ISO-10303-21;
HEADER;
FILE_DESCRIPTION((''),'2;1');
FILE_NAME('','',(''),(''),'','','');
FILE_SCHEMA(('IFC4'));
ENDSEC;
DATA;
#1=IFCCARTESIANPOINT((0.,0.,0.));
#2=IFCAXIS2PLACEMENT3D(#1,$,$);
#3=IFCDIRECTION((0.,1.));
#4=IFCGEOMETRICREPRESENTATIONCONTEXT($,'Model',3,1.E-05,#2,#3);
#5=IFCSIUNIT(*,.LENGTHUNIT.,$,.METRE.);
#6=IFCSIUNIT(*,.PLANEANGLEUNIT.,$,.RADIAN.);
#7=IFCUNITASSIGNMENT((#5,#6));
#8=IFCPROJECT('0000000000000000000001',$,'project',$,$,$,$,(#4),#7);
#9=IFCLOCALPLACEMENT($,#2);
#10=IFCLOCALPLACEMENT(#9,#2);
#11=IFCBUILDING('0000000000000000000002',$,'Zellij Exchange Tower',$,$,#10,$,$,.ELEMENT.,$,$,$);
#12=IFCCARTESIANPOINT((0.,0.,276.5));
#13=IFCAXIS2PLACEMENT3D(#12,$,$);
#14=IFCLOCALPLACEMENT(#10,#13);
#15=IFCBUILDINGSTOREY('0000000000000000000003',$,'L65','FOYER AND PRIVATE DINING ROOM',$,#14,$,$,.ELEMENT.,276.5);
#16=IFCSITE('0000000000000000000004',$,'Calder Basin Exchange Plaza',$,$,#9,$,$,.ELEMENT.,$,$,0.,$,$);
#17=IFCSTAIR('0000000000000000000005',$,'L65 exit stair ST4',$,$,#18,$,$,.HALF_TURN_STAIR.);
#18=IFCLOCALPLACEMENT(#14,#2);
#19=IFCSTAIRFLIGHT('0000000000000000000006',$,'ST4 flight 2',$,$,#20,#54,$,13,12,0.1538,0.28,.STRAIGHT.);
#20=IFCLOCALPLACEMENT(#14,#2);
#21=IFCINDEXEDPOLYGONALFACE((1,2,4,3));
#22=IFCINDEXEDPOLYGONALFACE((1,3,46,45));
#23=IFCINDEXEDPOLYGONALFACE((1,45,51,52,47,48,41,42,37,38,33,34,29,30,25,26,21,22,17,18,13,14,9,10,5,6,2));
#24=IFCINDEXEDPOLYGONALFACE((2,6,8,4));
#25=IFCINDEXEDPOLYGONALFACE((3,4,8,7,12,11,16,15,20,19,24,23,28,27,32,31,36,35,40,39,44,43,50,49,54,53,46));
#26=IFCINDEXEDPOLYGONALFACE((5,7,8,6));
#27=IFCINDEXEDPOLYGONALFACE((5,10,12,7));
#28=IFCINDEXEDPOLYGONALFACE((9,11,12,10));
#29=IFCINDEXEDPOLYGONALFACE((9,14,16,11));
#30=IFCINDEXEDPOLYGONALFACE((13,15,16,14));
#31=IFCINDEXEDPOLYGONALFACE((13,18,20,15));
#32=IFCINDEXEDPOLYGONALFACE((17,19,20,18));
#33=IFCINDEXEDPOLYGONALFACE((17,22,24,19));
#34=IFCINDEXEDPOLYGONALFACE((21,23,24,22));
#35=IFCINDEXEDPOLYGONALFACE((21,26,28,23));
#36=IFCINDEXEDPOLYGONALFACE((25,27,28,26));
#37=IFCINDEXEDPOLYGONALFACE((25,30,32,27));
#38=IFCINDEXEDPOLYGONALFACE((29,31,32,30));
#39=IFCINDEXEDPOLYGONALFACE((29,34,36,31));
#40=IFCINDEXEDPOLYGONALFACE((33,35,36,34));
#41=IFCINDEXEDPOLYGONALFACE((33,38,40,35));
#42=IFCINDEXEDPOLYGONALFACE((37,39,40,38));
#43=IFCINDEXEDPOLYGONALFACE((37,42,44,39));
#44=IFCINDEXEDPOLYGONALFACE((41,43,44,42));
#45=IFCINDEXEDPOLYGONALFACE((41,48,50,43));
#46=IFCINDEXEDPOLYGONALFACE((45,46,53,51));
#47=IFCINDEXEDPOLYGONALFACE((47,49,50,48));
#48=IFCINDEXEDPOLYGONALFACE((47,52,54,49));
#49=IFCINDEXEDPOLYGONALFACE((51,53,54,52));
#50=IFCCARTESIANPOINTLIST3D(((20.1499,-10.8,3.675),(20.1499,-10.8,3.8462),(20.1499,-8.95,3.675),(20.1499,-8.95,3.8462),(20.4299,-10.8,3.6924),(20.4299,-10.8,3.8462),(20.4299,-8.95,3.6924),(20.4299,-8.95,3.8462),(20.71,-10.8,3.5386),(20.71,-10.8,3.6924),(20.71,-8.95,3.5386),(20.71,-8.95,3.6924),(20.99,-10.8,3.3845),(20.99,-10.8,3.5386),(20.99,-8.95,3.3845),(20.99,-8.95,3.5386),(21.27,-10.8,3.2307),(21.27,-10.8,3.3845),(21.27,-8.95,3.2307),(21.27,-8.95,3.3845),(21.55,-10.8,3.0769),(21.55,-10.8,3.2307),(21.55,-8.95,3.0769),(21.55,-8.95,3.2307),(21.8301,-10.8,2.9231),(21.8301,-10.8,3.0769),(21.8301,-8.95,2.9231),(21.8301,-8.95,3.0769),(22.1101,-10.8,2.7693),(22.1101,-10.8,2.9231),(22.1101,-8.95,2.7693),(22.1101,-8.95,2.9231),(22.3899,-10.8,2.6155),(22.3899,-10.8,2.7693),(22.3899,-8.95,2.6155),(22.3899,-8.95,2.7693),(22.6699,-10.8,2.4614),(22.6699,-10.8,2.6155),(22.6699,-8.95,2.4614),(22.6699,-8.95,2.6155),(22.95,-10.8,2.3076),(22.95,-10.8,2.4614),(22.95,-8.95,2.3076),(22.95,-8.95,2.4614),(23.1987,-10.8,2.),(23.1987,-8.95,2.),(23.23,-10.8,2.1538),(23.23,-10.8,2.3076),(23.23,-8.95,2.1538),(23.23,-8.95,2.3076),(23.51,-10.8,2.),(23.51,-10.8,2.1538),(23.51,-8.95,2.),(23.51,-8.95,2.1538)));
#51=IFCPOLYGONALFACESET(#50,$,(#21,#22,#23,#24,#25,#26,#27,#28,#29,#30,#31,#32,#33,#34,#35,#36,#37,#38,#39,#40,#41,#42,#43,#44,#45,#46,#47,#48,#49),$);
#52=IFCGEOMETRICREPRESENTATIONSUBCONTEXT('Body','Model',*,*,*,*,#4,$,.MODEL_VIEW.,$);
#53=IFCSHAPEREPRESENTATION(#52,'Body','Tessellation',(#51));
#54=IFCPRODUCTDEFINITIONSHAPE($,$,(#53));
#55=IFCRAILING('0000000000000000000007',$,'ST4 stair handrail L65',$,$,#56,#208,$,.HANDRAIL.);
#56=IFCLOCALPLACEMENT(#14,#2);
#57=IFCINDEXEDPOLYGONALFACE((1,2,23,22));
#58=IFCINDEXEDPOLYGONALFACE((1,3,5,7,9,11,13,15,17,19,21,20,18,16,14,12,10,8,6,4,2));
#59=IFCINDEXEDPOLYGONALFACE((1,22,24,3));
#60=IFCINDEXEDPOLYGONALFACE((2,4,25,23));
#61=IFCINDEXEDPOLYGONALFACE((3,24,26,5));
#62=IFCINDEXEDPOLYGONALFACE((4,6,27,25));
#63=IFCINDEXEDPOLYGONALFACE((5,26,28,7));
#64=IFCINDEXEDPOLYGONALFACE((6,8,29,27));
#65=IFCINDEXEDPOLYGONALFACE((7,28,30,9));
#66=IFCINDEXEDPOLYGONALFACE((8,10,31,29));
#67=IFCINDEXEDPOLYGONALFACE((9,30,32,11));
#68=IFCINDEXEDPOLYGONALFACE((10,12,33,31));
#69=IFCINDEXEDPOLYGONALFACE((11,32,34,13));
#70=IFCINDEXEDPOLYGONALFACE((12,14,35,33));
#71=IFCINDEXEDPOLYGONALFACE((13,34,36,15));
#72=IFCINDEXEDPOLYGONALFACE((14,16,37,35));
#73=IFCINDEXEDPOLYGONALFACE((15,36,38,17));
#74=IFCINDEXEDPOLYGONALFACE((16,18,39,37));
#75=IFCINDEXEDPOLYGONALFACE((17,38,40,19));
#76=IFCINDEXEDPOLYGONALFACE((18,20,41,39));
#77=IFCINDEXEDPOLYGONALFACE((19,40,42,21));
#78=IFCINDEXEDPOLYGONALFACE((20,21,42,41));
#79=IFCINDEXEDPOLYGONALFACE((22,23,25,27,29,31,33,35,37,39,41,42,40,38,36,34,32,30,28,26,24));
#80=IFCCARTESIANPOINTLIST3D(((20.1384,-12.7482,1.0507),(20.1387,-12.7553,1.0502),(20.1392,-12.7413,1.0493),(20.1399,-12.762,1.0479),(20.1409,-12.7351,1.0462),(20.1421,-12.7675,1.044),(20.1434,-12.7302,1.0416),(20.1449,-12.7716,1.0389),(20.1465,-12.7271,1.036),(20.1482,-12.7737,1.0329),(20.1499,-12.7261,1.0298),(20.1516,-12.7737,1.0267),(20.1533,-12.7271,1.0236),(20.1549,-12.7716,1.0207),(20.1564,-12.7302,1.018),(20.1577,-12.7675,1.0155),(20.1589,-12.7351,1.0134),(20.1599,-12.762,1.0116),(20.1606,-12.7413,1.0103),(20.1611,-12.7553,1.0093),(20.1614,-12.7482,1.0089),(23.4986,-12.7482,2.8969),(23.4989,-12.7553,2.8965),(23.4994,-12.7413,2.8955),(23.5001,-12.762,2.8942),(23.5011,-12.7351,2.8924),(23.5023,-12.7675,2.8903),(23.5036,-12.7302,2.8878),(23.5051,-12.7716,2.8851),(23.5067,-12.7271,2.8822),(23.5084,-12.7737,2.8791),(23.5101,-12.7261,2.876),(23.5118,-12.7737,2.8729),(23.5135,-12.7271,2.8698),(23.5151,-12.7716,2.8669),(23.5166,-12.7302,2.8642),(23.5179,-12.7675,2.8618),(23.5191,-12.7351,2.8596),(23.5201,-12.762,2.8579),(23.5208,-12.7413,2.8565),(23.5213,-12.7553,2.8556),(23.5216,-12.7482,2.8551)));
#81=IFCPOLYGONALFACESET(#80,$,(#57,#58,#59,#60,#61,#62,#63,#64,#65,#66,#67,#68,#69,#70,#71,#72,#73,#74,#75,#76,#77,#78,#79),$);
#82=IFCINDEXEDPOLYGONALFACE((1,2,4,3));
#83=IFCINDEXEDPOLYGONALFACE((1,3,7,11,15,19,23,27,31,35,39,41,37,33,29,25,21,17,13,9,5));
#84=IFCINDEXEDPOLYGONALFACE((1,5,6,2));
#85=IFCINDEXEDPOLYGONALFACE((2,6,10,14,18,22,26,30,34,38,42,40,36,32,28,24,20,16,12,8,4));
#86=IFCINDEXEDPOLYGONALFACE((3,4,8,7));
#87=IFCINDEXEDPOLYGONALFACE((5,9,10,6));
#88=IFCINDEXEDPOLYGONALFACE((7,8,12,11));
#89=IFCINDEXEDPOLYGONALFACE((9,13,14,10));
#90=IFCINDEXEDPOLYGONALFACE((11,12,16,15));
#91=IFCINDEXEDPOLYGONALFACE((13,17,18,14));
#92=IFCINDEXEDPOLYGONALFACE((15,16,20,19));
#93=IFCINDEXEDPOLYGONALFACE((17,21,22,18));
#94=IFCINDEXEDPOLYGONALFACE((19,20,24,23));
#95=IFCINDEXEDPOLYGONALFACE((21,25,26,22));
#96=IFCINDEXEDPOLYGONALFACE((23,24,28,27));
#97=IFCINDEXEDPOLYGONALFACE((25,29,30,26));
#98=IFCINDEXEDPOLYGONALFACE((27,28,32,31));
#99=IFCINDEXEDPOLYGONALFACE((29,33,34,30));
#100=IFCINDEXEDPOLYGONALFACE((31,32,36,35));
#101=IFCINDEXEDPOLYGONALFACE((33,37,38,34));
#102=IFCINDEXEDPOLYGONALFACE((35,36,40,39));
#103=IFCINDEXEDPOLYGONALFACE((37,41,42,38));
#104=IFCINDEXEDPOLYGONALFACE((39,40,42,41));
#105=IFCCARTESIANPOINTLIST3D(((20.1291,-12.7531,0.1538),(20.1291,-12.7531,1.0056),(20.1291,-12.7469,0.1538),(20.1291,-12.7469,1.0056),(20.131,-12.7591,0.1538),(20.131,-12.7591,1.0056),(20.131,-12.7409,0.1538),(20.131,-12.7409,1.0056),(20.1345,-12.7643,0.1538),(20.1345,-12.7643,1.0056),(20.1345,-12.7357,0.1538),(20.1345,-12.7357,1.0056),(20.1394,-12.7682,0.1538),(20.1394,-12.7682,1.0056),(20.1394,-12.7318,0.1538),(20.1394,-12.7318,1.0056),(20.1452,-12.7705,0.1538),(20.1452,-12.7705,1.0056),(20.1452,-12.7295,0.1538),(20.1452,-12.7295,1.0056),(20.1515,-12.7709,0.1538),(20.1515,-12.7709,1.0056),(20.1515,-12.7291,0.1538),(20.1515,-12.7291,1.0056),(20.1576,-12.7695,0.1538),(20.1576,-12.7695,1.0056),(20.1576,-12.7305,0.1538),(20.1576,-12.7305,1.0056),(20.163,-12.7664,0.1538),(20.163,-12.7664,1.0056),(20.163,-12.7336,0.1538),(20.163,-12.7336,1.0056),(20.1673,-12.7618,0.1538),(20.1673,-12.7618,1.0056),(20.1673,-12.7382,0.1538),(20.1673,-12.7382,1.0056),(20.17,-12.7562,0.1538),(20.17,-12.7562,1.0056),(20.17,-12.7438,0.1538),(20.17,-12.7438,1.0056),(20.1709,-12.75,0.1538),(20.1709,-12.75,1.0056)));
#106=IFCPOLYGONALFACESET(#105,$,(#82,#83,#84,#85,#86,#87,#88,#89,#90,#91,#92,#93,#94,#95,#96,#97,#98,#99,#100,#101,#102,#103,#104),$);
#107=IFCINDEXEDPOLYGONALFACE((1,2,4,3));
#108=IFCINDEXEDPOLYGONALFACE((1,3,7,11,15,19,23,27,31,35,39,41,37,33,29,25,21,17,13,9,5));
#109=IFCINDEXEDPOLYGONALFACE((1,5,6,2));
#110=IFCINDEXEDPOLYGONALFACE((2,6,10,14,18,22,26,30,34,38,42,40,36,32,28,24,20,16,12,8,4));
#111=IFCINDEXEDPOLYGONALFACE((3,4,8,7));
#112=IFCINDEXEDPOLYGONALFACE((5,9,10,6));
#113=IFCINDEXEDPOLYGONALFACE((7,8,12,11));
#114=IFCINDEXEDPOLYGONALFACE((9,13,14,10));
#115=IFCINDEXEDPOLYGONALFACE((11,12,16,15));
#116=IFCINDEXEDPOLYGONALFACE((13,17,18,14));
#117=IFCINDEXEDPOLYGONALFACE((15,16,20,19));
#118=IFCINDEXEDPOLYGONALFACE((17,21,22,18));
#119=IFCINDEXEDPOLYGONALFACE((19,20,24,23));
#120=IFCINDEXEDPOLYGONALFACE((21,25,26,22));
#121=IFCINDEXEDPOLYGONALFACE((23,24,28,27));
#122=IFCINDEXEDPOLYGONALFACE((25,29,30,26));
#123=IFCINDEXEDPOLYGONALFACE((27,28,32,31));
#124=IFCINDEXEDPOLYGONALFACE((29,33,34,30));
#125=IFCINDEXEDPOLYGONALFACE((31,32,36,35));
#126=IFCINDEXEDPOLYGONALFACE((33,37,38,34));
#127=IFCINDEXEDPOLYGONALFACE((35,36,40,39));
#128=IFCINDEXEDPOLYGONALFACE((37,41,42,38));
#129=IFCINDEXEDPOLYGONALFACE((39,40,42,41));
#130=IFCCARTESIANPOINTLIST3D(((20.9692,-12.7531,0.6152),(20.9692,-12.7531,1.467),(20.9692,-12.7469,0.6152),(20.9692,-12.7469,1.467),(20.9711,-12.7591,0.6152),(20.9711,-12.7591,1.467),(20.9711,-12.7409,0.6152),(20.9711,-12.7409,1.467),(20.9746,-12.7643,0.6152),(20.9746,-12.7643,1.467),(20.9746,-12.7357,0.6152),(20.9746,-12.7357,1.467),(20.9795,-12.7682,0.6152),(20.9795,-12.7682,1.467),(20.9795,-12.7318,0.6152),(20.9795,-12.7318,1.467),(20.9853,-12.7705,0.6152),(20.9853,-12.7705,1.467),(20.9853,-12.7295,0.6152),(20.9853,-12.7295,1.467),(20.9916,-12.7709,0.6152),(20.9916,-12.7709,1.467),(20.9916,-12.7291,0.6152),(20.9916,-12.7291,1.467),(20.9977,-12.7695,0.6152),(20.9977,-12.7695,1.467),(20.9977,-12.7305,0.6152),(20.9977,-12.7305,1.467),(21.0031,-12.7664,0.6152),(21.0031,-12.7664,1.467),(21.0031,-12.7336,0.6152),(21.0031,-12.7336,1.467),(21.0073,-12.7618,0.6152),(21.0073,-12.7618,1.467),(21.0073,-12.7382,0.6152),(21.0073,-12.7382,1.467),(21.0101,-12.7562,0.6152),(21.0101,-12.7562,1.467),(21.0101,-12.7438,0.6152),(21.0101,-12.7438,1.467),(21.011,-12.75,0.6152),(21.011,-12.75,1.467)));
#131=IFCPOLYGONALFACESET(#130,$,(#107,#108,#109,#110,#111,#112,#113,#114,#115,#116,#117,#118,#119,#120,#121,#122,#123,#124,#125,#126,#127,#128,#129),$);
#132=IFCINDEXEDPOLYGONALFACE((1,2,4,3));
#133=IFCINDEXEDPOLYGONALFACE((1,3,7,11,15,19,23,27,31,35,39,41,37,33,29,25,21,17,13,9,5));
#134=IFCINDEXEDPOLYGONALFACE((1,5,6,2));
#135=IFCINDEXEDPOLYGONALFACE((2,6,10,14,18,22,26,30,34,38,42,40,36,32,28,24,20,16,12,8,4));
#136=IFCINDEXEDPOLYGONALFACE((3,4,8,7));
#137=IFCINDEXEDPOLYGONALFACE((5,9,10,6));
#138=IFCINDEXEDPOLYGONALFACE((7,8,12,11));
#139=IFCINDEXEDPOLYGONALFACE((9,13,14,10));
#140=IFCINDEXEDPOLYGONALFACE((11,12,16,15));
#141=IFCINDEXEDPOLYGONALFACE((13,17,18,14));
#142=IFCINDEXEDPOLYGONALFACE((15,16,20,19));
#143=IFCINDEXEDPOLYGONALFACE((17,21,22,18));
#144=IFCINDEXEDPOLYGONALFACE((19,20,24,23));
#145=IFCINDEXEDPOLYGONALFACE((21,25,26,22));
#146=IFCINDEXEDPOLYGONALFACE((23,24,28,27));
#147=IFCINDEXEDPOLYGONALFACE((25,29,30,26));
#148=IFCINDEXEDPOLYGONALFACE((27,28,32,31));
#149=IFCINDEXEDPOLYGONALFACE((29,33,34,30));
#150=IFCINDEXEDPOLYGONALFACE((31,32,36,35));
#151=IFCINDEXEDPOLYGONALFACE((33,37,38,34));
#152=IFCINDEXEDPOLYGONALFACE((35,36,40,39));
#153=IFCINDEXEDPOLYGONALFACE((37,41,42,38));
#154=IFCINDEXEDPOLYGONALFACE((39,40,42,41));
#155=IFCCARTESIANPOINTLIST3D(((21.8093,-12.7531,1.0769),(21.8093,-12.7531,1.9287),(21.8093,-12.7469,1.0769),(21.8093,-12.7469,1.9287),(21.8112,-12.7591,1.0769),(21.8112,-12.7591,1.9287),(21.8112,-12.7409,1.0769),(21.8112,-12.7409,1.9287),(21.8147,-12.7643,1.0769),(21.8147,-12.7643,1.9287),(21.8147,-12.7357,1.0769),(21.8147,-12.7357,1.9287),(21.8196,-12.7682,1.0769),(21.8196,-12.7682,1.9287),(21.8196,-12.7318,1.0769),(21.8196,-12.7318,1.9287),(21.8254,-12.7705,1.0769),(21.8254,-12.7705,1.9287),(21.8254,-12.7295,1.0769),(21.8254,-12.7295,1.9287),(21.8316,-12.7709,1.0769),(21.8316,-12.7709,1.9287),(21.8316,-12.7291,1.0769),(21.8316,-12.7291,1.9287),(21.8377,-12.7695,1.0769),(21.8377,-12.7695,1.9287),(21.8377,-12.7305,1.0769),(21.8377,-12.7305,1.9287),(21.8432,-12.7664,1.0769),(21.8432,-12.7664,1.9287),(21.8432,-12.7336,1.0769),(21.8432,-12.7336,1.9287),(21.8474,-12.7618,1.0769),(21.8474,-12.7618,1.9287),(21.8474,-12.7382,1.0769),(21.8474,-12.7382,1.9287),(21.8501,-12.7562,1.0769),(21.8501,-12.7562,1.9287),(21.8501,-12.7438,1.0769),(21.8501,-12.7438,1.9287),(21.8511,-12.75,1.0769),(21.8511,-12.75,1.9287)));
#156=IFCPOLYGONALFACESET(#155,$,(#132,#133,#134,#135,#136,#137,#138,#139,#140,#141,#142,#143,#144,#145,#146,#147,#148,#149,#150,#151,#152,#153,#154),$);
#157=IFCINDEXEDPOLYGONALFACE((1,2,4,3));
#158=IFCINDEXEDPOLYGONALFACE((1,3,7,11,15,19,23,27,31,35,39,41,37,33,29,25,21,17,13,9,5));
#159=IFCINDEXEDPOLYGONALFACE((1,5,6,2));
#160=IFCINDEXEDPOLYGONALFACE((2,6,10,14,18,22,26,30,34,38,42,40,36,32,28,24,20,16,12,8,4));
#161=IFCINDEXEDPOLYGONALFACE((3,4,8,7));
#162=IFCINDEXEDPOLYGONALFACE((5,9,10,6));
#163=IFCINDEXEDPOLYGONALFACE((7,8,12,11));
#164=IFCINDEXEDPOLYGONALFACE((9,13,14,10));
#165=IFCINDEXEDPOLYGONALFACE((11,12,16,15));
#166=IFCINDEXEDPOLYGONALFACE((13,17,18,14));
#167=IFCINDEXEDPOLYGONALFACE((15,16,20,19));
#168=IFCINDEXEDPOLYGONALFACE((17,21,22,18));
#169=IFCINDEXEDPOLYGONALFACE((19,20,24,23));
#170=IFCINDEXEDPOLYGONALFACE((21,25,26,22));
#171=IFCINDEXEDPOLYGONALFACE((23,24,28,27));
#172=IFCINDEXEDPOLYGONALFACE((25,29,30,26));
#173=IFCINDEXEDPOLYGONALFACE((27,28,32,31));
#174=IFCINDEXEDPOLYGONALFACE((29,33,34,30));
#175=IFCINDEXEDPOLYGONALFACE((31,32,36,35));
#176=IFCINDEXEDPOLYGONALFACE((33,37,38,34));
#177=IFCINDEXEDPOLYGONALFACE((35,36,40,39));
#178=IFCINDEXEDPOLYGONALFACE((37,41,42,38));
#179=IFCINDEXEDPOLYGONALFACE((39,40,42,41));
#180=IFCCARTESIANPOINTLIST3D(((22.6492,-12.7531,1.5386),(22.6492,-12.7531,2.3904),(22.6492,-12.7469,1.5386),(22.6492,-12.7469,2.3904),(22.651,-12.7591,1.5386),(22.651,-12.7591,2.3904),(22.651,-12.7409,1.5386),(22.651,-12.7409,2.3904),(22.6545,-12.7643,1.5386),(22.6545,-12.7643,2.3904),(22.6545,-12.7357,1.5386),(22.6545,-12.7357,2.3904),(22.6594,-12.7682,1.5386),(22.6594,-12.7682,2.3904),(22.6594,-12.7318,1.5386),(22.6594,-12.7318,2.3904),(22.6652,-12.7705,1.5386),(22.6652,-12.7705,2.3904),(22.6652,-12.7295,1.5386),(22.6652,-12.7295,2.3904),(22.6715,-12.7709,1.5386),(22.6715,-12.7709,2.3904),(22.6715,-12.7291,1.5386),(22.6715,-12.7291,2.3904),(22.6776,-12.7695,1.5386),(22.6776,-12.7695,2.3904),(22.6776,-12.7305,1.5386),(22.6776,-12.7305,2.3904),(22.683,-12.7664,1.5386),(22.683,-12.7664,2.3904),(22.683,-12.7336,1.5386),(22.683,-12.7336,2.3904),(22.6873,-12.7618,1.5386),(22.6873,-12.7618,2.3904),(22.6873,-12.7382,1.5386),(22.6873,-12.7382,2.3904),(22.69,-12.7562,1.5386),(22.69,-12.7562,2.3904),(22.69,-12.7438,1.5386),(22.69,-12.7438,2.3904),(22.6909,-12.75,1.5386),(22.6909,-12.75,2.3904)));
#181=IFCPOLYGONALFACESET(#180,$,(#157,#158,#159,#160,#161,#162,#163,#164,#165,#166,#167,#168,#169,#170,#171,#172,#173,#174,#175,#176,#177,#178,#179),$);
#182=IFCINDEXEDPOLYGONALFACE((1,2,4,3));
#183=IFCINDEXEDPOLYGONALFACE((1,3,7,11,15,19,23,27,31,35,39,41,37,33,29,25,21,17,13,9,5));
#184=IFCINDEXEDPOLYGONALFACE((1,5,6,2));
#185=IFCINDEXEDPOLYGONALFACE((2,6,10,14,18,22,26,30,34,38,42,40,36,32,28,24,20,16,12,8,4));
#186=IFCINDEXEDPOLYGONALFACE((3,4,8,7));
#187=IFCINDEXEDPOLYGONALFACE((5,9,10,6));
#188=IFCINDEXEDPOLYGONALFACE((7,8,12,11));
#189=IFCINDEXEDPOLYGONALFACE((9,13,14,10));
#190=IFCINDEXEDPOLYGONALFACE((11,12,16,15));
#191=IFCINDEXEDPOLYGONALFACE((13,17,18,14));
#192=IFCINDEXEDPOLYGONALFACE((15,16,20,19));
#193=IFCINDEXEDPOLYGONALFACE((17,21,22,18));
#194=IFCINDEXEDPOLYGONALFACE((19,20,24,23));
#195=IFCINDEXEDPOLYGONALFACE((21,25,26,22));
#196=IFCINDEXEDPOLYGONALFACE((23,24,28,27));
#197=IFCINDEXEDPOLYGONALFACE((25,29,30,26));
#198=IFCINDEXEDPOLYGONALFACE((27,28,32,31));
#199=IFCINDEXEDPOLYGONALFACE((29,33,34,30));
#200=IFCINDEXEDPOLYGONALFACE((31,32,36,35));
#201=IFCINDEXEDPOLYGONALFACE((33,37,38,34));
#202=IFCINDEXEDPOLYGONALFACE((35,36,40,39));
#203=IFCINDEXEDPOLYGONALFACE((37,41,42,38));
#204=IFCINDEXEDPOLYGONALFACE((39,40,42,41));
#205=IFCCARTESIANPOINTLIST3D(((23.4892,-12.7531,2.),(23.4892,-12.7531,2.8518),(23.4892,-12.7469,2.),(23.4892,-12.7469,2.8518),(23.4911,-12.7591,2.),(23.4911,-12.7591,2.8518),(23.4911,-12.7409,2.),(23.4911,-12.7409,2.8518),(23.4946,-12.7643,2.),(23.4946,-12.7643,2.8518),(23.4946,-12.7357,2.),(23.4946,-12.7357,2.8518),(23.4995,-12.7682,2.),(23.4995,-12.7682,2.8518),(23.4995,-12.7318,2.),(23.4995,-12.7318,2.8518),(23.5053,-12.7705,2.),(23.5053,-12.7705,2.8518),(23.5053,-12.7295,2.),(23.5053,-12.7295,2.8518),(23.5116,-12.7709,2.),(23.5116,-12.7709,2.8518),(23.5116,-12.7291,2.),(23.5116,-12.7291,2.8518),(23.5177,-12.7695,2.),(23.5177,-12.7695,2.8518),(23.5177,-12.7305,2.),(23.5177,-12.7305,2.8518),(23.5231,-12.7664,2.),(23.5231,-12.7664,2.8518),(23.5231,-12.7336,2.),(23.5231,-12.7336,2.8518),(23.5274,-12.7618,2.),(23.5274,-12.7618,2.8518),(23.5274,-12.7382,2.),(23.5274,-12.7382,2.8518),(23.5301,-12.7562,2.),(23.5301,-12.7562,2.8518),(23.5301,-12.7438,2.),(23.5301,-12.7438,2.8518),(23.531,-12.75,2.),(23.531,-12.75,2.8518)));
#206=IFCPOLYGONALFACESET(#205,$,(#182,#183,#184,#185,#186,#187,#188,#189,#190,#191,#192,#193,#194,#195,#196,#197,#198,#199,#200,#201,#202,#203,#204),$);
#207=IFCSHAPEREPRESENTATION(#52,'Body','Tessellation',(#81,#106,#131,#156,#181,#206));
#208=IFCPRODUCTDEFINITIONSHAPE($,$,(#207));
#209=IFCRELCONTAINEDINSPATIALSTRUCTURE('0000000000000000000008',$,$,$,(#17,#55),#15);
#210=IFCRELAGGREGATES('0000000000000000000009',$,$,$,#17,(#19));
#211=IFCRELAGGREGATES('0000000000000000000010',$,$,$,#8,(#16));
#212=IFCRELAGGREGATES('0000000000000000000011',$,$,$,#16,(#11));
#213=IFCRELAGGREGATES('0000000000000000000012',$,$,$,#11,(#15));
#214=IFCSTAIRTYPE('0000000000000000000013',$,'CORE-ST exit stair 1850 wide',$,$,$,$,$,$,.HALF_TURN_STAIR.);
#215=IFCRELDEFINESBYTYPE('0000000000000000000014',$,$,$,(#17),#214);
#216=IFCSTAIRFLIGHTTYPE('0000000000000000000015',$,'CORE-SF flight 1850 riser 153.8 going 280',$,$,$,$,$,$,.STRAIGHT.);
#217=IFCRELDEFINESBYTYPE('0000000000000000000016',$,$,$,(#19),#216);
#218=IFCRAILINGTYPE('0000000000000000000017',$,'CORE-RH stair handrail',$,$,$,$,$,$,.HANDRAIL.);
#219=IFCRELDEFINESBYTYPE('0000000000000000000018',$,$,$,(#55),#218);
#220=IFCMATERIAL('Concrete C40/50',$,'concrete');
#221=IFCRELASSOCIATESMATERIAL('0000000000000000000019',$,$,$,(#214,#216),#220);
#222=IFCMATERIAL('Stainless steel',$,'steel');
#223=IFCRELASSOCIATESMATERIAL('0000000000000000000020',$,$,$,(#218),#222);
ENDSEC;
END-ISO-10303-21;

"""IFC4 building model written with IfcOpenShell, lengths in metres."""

from ifc_helpers import new_model, si_unit, direction, frame, origin, origin_2d, place, context, subcontext, project, spatial, polyline, circle, outline, extrude, material, type_object, element, aggregate, save


model = new_model("IFC4")

# Units and contexts
model_context = context("Model", 3, precision=1e-05, world=origin(), true_north=direction((0.0, 1.0)))
body_context = subcontext(model_context, "Body", "Model", "MODEL_VIEW")
ifc_project = project(units=[si_unit("LENGTHUNIT", "METRE"), si_unit("PLANEANGLEUNIT", "RADIAN")], contexts=[model_context])

# Site, building, storey
site_placement = place(None, origin())
site = spatial("IfcSite", under=ifc_project, at=site_placement, Name="Calder Basin Exchange Plaza", CompositionType="ELEMENT", RefElevation=0.0)
building_placement = place(site_placement, origin())
building = spatial("IfcBuilding", under=site, at=building_placement, Name="Zellij Exchange Tower", CompositionType="ELEMENT")
storey_placement = place(building_placement, frame((0.0, 0.0, 276.5)))
storey = spatial("IfcBuildingStorey", under=building, at=storey_placement, Name="L65", Description="FOYER AND PRIVATE DINING ROOM", CompositionType="ELEMENT", Elevation=276.5)

# Stair, stair flight
ifc_material_1 = material(Name="Concrete C40/50", Category="concrete")
stair_type = type_object("IfcStairType", Name="CORE-ST exit stair 1850 wide", PredefinedType="HALF_TURN_STAIR", material=ifc_material_1)
stair_placement = place(storey_placement, origin())
stair = element("IfcStair", 1, at=stair_placement, inside=storey, type_object=stair_type, Name="L65 exit stair ST4", PredefinedType="HALF_TURN_STAIR")
stair_flight_type = type_object("IfcStairFlightType", Name="CORE-SF flight 1850 riser 153.8 going 280", PredefinedType="STRAIGHT", material=ifc_material_1)
stair_flight_1_placement = place(storey_placement, frame((23.51, -9.875, 2.0), z_axis=(0.0, 0.0, 1.0), x_axis=(-1.0, 0.0, 0.0)))
stair_flight_1 = element("IfcStairFlight", 2, at=stair_flight_1_placement, type_object=stair_flight_type, Name="ST4 flight 2", NumberOfRisers=13, NumberOfTreads=12, PredefinedType="STRAIGHT", RiserHeight=0.1538, TreadLength=0.28, context=body_context, shape_type="SweptSolid", body=[
    extrude(outline(polyline([(0.0, 0.0), (0.0, 0.1538), (0.28, 0.1538), (0.28, 0.3076), (0.5601, 0.3076), (0.5601, 0.4614), (0.8401, 0.4614), (0.8401, 0.6155), (1.1201, 0.6155), (1.1201, 0.7693), (1.3999, 0.7693), (1.3999, 0.9231), (1.6799, 0.9231), (1.6799, 1.0769), (1.96, 1.0769), (1.96, 1.2307), (2.24, 1.2307), (2.24, 1.3845), (2.52, 1.3845), (2.52, 1.5386), (2.8, 1.5386), (2.8, 1.6924), (3.0801, 1.6924), (3.0801, 1.8462), (3.3601, 1.8462), (3.3601, 2.0), (3.3601, 1.675), (0.3113, 0.0), (0.0, 0.0)])), frame((0.0, 0.925, 0.0), z_axis=(0.0, -1.0, 0.0), x_axis=(1.0, 0.0, 0.0)), (0.0, 0.0, 1.0), 1.8501),
])
aggregate(stair, [stair_flight_1])

# Railing
ifc_material_2 = material(Name="Stainless steel", Category="steel")
railing_type_1 = type_object("IfcRailingType", Name="CORE-RH stair handrail", PredefinedType="HANDRAIL", material=ifc_material_2)
railing_1_placement = place(storey_placement, frame((20.1499, -12.75, 0.1538)))
element("IfcRailing", 3, at=railing_1_placement, inside=storey, type_object=railing_type_1, Name="ST4 stair handrail L65", PredefinedType="HANDRAIL", context=body_context, shape_type="SweptSolid", body=[
    extrude(circle(Radius=0.0239, at=origin_2d()), frame((0.0, 0.0, 0.876), z_axis=(0.876422, 0.0, 0.481545), x_axis=(0.0, 1.0, 0.0)), (0.0, 0.0, 1.0), 3.834),
    extrude(circle(Radius=0.021, at=origin_2d()), origin(), (0.0, 0.0, 1.0), 0.8518),
    extrude(circle(Radius=0.021, at=origin_2d()), frame((0.8401, 0.0, 0.4614)), (0.0, 0.0, 1.0), 0.8518),
    extrude(circle(Radius=0.021, at=origin_2d()), frame((1.6802, 0.0, 0.9231)), (0.0, 0.0, 1.0), 0.8518),
    extrude(circle(Radius=0.021, at=origin_2d()), frame((2.52, 0.0, 1.3848)), (0.0, 0.0, 1.0), 0.8518),
    extrude(circle(Radius=0.021, at=origin_2d()), frame((3.3601, 0.0, 1.8462)), (0.0, 0.0, 1.0), 0.8518),
])

save(model, "model.ifc")
